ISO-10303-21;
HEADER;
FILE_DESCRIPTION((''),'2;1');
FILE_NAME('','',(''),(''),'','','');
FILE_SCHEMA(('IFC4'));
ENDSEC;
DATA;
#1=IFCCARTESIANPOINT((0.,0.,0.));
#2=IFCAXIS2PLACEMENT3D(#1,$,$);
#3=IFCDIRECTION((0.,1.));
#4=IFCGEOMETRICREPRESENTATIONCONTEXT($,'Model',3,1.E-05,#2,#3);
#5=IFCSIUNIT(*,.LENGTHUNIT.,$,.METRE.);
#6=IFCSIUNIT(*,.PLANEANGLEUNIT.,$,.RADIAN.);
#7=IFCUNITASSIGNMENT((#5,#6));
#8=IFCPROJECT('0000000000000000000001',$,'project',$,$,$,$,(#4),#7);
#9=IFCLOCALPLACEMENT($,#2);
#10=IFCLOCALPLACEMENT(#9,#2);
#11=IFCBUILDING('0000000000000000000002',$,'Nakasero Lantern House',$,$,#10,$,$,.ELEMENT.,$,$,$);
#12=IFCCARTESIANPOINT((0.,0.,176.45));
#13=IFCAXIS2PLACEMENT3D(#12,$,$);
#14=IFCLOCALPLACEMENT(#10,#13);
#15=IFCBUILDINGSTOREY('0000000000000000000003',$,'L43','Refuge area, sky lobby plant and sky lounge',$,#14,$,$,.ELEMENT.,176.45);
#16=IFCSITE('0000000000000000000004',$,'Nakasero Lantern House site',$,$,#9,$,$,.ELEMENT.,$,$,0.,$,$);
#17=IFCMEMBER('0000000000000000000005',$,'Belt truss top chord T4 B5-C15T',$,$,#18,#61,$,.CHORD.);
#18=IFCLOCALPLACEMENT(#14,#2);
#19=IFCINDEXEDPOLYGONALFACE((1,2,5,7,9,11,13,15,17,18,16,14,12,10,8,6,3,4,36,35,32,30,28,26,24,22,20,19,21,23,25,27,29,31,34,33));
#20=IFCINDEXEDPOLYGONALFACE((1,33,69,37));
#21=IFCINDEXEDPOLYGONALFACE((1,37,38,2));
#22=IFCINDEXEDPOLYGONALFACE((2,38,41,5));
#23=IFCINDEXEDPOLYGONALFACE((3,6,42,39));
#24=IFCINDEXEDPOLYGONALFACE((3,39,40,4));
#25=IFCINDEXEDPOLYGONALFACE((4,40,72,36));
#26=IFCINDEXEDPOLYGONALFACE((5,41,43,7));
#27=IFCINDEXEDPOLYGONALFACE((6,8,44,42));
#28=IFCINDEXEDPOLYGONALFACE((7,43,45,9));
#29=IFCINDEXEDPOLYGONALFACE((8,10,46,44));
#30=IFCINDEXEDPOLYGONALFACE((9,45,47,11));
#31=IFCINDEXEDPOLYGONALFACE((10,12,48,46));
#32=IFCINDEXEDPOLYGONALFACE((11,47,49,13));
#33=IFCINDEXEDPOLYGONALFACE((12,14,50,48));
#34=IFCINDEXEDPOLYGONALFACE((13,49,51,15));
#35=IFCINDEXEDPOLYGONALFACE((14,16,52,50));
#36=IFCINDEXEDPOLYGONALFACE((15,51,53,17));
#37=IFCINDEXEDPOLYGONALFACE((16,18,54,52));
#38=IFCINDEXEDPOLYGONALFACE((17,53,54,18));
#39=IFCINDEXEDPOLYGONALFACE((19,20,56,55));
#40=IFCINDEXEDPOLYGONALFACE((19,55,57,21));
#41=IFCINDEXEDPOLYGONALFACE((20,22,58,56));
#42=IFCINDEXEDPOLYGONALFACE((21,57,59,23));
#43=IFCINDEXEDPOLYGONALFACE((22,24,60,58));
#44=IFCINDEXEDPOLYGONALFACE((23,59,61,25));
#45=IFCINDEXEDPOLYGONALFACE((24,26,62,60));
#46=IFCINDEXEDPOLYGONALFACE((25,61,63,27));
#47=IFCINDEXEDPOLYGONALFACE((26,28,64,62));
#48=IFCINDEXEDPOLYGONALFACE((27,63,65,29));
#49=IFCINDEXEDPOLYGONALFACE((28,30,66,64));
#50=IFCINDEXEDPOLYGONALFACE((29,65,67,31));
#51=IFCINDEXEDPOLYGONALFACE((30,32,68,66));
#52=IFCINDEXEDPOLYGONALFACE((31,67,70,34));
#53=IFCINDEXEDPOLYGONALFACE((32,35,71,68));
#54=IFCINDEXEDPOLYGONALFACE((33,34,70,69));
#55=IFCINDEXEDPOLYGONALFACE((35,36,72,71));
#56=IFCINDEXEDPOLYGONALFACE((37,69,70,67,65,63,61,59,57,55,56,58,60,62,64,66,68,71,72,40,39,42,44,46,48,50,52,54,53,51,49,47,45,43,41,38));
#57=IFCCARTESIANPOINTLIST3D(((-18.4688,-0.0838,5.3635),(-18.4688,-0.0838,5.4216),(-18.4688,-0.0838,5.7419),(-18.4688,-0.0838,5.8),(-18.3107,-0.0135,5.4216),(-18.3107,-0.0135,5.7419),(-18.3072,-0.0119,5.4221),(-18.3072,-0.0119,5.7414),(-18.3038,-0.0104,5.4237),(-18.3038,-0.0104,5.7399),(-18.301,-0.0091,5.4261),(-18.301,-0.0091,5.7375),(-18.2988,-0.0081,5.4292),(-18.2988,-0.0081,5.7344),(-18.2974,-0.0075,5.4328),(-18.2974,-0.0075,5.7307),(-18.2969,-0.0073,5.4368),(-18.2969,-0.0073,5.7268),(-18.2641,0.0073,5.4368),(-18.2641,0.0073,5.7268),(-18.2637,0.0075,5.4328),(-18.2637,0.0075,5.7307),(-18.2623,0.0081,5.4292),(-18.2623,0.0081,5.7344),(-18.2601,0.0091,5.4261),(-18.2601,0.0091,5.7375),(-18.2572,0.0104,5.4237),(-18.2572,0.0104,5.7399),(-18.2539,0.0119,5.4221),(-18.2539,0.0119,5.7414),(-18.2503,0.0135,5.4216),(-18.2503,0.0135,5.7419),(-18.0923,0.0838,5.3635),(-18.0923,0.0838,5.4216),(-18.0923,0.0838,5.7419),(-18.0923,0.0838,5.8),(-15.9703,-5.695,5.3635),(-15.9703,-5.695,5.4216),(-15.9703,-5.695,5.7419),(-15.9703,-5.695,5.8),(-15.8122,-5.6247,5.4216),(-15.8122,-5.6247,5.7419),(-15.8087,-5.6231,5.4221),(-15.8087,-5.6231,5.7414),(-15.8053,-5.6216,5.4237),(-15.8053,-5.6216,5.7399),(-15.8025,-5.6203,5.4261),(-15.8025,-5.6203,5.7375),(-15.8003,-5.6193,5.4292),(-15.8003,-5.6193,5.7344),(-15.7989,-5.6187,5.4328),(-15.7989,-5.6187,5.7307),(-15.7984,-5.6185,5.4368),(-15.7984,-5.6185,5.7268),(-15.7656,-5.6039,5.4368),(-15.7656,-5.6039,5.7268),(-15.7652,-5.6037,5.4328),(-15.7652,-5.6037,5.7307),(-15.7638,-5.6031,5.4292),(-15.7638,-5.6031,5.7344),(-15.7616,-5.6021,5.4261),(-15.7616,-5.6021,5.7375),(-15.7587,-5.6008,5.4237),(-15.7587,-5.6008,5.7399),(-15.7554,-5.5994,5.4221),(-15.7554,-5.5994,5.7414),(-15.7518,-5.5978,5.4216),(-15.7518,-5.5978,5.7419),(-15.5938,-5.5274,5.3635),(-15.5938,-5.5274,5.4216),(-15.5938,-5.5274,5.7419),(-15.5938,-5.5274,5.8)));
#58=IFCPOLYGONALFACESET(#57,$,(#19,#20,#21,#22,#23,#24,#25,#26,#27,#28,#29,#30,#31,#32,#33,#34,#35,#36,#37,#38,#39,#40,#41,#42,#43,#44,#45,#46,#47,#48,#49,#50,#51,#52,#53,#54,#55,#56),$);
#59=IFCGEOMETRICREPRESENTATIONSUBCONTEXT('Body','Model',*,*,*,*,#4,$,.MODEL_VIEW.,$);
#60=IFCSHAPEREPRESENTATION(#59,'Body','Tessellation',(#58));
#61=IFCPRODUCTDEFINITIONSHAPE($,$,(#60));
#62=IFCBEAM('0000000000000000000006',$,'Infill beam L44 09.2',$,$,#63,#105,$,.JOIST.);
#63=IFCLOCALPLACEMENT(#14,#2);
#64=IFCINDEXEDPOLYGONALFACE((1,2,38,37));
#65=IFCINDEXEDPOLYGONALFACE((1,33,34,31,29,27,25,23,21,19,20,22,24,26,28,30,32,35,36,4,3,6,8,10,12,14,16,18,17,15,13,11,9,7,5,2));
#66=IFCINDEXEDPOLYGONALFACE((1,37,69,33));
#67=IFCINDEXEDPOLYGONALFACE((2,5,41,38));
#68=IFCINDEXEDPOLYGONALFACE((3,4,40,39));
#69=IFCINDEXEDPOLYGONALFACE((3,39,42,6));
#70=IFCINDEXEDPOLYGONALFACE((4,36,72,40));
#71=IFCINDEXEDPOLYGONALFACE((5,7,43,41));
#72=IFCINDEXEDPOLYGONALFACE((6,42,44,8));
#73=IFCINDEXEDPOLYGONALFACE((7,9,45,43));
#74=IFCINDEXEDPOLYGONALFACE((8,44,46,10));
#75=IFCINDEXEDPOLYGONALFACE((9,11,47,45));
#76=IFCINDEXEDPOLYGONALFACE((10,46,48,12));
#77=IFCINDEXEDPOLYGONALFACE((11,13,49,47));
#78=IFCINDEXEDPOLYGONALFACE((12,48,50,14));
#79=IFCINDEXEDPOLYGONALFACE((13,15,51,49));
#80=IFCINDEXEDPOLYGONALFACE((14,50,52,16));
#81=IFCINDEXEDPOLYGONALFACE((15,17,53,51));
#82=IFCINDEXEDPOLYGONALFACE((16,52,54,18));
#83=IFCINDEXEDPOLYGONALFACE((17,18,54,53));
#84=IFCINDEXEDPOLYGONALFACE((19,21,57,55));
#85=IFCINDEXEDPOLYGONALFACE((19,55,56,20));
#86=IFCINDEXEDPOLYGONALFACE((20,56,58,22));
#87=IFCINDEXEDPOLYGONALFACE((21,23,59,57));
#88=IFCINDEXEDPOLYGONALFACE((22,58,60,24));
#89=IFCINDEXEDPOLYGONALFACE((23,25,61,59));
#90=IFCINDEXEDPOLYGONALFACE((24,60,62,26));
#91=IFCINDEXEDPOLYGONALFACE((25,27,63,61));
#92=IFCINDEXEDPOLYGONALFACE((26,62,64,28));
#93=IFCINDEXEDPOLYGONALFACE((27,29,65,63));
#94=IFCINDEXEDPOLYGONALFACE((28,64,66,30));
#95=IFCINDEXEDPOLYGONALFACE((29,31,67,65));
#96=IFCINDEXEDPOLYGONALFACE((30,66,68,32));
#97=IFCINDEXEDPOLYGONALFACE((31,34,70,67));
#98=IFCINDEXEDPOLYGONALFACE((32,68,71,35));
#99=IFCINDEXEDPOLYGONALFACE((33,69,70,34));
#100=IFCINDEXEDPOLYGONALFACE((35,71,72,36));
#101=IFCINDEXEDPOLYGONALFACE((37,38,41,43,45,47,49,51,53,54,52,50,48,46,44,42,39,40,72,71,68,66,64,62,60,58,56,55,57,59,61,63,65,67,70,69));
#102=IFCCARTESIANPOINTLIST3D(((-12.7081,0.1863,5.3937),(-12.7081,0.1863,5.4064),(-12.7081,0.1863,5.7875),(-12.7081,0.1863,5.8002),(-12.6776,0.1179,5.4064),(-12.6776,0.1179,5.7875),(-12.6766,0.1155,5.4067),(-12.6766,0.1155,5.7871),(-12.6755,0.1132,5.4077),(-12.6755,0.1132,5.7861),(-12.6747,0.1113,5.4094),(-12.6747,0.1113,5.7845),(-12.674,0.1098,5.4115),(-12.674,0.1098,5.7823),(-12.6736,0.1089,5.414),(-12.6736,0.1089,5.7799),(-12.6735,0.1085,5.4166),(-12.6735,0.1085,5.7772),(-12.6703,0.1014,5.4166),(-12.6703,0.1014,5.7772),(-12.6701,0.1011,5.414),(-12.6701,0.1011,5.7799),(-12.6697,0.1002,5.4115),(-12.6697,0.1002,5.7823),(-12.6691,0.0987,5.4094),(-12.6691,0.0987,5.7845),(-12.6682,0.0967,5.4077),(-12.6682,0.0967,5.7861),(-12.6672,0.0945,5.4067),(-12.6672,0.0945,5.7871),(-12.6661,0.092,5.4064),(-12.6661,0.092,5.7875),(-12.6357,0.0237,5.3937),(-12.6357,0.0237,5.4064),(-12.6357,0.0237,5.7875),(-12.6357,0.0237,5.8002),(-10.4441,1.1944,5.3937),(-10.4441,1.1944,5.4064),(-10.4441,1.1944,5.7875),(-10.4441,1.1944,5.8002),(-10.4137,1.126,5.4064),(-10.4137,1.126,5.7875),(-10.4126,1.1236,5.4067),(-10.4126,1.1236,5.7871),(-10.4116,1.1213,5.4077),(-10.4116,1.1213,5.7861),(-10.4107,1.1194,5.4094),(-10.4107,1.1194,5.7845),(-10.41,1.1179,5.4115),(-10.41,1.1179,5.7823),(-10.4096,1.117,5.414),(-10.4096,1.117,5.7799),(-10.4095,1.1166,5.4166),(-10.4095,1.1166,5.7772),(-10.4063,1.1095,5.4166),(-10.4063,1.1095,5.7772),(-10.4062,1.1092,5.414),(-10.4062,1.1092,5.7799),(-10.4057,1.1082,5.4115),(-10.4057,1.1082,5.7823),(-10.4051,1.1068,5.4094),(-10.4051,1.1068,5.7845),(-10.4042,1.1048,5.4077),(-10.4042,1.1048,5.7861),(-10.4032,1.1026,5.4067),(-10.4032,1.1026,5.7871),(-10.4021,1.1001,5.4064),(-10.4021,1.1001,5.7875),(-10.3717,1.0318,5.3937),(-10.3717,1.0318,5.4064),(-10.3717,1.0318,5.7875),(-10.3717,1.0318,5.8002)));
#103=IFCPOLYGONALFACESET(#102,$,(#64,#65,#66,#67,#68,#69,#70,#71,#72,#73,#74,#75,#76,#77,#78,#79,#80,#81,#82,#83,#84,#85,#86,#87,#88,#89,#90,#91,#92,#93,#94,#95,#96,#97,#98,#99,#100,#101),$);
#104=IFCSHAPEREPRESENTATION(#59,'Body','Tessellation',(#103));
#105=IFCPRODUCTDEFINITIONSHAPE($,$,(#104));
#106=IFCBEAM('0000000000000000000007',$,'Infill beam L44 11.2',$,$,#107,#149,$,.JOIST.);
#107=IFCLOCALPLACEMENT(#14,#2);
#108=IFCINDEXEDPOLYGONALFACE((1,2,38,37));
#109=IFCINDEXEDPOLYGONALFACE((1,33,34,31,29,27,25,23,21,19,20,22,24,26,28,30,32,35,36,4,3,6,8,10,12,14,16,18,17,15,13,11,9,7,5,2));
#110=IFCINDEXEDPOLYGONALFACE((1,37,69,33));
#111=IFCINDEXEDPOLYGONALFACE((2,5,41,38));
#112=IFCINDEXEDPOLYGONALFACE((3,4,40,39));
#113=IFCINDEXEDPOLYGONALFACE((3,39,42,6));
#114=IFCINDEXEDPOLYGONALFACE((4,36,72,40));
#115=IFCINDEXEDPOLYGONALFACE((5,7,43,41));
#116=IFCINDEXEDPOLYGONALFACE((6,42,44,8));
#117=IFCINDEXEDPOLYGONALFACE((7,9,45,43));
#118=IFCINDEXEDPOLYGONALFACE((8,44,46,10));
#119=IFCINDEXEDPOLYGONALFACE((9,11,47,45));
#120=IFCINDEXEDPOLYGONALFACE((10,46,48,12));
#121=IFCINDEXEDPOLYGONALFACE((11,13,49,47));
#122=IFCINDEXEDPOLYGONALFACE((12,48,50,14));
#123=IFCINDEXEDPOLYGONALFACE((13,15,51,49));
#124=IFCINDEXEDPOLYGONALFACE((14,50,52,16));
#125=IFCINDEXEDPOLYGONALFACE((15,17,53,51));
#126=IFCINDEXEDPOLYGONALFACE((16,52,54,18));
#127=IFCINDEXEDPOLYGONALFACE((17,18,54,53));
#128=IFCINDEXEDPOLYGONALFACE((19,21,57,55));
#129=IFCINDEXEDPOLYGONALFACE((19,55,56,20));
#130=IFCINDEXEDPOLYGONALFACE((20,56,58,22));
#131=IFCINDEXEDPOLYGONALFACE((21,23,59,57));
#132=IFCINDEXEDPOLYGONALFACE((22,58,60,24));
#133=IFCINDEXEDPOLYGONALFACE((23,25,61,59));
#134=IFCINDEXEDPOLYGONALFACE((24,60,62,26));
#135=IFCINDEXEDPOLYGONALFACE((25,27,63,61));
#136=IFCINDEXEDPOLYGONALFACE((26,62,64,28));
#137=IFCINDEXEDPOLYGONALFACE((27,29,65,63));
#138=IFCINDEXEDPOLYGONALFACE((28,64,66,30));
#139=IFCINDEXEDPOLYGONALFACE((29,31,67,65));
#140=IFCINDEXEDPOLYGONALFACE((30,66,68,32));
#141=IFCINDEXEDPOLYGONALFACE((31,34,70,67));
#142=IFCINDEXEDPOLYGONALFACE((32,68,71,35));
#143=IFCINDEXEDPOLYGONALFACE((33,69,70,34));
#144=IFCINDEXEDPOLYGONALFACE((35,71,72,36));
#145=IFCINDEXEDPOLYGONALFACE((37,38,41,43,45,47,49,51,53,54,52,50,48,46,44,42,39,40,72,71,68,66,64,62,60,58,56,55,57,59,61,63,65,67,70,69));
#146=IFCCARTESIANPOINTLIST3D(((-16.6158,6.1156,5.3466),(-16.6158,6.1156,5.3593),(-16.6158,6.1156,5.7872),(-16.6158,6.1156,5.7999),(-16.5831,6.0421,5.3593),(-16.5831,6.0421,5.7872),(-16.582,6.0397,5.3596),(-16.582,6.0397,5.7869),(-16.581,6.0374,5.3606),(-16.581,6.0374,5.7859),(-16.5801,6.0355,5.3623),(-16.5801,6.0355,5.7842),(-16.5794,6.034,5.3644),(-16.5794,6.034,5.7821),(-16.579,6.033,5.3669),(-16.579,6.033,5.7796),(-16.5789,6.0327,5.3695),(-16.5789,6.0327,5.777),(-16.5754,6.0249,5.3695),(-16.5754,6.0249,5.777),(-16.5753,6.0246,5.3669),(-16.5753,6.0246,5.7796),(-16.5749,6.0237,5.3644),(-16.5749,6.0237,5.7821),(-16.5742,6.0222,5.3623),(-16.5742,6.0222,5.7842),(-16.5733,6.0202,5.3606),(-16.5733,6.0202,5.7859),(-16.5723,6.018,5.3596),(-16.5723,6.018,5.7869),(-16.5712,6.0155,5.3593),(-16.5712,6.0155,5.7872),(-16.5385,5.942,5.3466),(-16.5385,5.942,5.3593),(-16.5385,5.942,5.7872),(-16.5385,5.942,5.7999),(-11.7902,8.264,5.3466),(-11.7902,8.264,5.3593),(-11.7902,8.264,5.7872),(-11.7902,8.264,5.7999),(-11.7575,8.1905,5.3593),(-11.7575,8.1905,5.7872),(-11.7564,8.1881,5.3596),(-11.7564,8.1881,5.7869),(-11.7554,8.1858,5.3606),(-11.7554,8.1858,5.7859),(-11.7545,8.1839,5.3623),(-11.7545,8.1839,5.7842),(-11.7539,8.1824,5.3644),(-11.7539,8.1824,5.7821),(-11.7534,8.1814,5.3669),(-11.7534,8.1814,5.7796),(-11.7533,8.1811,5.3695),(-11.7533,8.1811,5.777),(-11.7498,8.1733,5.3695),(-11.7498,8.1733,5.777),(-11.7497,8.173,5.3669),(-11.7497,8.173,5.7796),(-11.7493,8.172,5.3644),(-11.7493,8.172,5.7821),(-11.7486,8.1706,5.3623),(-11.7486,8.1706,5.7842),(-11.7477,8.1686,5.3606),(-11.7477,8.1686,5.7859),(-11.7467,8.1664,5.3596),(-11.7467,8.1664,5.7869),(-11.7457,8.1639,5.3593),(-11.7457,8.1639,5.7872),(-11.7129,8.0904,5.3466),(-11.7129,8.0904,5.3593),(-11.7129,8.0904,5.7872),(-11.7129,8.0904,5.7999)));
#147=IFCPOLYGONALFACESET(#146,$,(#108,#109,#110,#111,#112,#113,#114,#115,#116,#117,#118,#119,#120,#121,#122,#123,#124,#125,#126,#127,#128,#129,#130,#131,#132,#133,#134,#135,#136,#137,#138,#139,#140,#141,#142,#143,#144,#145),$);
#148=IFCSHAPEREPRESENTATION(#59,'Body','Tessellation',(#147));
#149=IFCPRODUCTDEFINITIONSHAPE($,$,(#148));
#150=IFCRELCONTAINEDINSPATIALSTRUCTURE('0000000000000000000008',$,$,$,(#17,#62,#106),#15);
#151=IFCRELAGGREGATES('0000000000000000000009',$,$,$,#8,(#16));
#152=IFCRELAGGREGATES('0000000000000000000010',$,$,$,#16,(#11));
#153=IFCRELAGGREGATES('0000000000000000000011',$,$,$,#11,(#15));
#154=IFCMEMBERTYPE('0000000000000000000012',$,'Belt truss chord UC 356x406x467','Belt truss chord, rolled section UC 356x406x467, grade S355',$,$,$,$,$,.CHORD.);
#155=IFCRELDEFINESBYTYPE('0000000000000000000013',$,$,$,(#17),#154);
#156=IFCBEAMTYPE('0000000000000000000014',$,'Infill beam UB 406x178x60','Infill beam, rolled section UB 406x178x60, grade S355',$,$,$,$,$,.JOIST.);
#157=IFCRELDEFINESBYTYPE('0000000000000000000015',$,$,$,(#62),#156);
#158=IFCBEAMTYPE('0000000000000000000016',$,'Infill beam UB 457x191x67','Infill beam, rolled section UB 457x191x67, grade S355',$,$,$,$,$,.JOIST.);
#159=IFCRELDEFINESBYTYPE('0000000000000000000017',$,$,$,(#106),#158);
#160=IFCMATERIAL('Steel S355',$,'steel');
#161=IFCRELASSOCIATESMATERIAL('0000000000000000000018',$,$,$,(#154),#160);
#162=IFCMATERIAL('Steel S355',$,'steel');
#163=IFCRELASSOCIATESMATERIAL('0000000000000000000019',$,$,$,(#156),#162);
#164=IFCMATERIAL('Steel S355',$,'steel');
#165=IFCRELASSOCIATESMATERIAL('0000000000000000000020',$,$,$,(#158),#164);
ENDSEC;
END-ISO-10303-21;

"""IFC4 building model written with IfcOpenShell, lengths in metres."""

from ifc_helpers import new_model, si_unit, direction, frame, origin, origin_2d, place, context, subcontext, project, spatial, i_section, extrude, material, material_profile, profile_set, type_object, element, save


model = new_model("IFC4")

# Units and contexts
model_context = context("Model", 3, precision=1e-05, world=origin(), true_north=direction((0.0, 1.0)))
body_context = subcontext(model_context, "Body", "Model", "MODEL_VIEW")
ifc_project = project(units=[si_unit("LENGTHUNIT", "METRE"), si_unit("PLANEANGLEUNIT", "RADIAN")], contexts=[model_context])

# Site, building, storey
site_placement = place(None, origin())
site = spatial("IfcSite", under=ifc_project, at=site_placement, Name="Nakasero Lantern House site", CompositionType="ELEMENT", RefElevation=0.0)
building_placement = place(site_placement, origin())
building = spatial("IfcBuilding", under=site, at=building_placement, Name="Nakasero Lantern House", CompositionType="ELEMENT")
storey_placement = place(building_placement, frame((0.0, 0.0, 176.45)))
storey = spatial("IfcBuildingStorey", under=building, at=storey_placement, Name="L43", Description="Refuge area, sky lobby plant and sky lounge", CompositionType="ELEMENT", Elevation=176.45)

# Member
ifc_material_1 = material(Name="Steel S355", Category="steel")
ifc_material_profile_1 = material_profile(ifc_material_1, i_section(OverallWidth=0.4121, OverallDepth=0.4365, WebThickness=0.0359, FlangeThickness=0.0581, FilletRadius=0.0151, at=origin_2d()), Name="UC 356x406x467")
ifc_profile_set_1 = profile_set([ifc_material_profile_1], Name="Steel S355")
member_type_1 = type_object("IfcMemberType", Name="Belt truss chord UC 356x406x467", Description="Belt truss chord, rolled section UC 356x406x467, grade S355", PredefinedType="CHORD", material=ifc_profile_set_1)
member_1_placement = place(storey_placement, frame((-18.2805, 0.0, 5.5818), z_axis=(0.406765, -0.913533, 0.0), x_axis=(0.913533, 0.406765, 0.0)))
element("IfcMember", 1, at=member_1_placement, inside=storey, type_object=member_type_1, Name="Belt truss top chord T4 B5-C15T", PredefinedType="CHORD", context=body_context, shape_type="SweptSolid", body=[
    extrude(i_section(OverallWidth=0.4121, OverallDepth=0.4365, WebThickness=0.0359, FlangeThickness=0.0581, FilletRadius=0.0151, at=origin_2d()), origin(), (0.0, 0.0, 1.0), 6.1423),
])

# Beams
ifc_material_2 = material(Name="Steel S355", Category="steel")
ifc_material_profile_2 = material_profile(ifc_material_2, i_section(OverallWidth=0.178, OverallDepth=0.4065, WebThickness=0.0078, FlangeThickness=0.0127, FilletRadius=0.0103, at=origin_2d()), Name="UB 406x178x60")
ifc_profile_set_2 = profile_set([ifc_material_profile_2], Name="Steel S355")
beam_type_1 = type_object("IfcBeamType", Name="Infill beam UB 406x178x60", Description="Infill beam, rolled section UB 406x178x60, grade S355", PredefinedType="JOIST", material=ifc_profile_set_2)
beam_1_placement = place(storey_placement, frame((-12.6719, 0.105, 5.5969), z_axis=(0.913531, 0.406769, 0.0), x_axis=(-0.406769, 0.913531, 0.0)))
element("IfcBeam", 2, at=beam_1_placement, inside=storey, type_object=beam_type_1, Name="Infill beam L44 09.2", PredefinedType="JOIST", context=body_context, shape_type="SweptSolid", body=[
    extrude(i_section(OverallWidth=0.178, OverallDepth=0.4065, WebThickness=0.0078, FlangeThickness=0.0127, FilletRadius=0.0103, at=origin_2d()), origin(), (0.0, 0.0, 1.0), 2.4783),
])
ifc_material_3 = material(Name="Steel S355", Category="steel")
ifc_material_profile_3 = material_profile(ifc_material_3, i_section(OverallWidth=0.1899, OverallDepth=0.4534, WebThickness=0.0085, FlangeThickness=0.0127, FilletRadius=0.0103, at=origin_2d()), Name="UB 457x191x67")
ifc_profile_set_3 = profile_set([ifc_material_profile_3], Name="Steel S355")
beam_type_2 = type_object("IfcBeamType", Name="Infill beam UB 457x191x67", Description="Infill beam, rolled section UB 457x191x67, grade S355", PredefinedType="JOIST", material=ifc_profile_set_3)
beam_2_placement = place(storey_placement, frame((-16.5771, 6.0288, 5.5732), z_axis=(0.913552, 0.406722, 0.0), x_axis=(-0.406722, 0.913552, 0.0)))
element("IfcBeam", 3, at=beam_2_placement, inside=storey, type_object=beam_type_2, Name="Infill beam L44 11.2", PredefinedType="JOIST", context=body_context, shape_type="SweptSolid", body=[
    extrude(i_section(OverallWidth=0.1899, OverallDepth=0.4534, WebThickness=0.0085, FlangeThickness=0.0127, FilletRadius=0.0103, at=origin_2d()), origin(), (0.0, 0.0, 1.0), 5.2822),
])

save(model, "model.ifc")
